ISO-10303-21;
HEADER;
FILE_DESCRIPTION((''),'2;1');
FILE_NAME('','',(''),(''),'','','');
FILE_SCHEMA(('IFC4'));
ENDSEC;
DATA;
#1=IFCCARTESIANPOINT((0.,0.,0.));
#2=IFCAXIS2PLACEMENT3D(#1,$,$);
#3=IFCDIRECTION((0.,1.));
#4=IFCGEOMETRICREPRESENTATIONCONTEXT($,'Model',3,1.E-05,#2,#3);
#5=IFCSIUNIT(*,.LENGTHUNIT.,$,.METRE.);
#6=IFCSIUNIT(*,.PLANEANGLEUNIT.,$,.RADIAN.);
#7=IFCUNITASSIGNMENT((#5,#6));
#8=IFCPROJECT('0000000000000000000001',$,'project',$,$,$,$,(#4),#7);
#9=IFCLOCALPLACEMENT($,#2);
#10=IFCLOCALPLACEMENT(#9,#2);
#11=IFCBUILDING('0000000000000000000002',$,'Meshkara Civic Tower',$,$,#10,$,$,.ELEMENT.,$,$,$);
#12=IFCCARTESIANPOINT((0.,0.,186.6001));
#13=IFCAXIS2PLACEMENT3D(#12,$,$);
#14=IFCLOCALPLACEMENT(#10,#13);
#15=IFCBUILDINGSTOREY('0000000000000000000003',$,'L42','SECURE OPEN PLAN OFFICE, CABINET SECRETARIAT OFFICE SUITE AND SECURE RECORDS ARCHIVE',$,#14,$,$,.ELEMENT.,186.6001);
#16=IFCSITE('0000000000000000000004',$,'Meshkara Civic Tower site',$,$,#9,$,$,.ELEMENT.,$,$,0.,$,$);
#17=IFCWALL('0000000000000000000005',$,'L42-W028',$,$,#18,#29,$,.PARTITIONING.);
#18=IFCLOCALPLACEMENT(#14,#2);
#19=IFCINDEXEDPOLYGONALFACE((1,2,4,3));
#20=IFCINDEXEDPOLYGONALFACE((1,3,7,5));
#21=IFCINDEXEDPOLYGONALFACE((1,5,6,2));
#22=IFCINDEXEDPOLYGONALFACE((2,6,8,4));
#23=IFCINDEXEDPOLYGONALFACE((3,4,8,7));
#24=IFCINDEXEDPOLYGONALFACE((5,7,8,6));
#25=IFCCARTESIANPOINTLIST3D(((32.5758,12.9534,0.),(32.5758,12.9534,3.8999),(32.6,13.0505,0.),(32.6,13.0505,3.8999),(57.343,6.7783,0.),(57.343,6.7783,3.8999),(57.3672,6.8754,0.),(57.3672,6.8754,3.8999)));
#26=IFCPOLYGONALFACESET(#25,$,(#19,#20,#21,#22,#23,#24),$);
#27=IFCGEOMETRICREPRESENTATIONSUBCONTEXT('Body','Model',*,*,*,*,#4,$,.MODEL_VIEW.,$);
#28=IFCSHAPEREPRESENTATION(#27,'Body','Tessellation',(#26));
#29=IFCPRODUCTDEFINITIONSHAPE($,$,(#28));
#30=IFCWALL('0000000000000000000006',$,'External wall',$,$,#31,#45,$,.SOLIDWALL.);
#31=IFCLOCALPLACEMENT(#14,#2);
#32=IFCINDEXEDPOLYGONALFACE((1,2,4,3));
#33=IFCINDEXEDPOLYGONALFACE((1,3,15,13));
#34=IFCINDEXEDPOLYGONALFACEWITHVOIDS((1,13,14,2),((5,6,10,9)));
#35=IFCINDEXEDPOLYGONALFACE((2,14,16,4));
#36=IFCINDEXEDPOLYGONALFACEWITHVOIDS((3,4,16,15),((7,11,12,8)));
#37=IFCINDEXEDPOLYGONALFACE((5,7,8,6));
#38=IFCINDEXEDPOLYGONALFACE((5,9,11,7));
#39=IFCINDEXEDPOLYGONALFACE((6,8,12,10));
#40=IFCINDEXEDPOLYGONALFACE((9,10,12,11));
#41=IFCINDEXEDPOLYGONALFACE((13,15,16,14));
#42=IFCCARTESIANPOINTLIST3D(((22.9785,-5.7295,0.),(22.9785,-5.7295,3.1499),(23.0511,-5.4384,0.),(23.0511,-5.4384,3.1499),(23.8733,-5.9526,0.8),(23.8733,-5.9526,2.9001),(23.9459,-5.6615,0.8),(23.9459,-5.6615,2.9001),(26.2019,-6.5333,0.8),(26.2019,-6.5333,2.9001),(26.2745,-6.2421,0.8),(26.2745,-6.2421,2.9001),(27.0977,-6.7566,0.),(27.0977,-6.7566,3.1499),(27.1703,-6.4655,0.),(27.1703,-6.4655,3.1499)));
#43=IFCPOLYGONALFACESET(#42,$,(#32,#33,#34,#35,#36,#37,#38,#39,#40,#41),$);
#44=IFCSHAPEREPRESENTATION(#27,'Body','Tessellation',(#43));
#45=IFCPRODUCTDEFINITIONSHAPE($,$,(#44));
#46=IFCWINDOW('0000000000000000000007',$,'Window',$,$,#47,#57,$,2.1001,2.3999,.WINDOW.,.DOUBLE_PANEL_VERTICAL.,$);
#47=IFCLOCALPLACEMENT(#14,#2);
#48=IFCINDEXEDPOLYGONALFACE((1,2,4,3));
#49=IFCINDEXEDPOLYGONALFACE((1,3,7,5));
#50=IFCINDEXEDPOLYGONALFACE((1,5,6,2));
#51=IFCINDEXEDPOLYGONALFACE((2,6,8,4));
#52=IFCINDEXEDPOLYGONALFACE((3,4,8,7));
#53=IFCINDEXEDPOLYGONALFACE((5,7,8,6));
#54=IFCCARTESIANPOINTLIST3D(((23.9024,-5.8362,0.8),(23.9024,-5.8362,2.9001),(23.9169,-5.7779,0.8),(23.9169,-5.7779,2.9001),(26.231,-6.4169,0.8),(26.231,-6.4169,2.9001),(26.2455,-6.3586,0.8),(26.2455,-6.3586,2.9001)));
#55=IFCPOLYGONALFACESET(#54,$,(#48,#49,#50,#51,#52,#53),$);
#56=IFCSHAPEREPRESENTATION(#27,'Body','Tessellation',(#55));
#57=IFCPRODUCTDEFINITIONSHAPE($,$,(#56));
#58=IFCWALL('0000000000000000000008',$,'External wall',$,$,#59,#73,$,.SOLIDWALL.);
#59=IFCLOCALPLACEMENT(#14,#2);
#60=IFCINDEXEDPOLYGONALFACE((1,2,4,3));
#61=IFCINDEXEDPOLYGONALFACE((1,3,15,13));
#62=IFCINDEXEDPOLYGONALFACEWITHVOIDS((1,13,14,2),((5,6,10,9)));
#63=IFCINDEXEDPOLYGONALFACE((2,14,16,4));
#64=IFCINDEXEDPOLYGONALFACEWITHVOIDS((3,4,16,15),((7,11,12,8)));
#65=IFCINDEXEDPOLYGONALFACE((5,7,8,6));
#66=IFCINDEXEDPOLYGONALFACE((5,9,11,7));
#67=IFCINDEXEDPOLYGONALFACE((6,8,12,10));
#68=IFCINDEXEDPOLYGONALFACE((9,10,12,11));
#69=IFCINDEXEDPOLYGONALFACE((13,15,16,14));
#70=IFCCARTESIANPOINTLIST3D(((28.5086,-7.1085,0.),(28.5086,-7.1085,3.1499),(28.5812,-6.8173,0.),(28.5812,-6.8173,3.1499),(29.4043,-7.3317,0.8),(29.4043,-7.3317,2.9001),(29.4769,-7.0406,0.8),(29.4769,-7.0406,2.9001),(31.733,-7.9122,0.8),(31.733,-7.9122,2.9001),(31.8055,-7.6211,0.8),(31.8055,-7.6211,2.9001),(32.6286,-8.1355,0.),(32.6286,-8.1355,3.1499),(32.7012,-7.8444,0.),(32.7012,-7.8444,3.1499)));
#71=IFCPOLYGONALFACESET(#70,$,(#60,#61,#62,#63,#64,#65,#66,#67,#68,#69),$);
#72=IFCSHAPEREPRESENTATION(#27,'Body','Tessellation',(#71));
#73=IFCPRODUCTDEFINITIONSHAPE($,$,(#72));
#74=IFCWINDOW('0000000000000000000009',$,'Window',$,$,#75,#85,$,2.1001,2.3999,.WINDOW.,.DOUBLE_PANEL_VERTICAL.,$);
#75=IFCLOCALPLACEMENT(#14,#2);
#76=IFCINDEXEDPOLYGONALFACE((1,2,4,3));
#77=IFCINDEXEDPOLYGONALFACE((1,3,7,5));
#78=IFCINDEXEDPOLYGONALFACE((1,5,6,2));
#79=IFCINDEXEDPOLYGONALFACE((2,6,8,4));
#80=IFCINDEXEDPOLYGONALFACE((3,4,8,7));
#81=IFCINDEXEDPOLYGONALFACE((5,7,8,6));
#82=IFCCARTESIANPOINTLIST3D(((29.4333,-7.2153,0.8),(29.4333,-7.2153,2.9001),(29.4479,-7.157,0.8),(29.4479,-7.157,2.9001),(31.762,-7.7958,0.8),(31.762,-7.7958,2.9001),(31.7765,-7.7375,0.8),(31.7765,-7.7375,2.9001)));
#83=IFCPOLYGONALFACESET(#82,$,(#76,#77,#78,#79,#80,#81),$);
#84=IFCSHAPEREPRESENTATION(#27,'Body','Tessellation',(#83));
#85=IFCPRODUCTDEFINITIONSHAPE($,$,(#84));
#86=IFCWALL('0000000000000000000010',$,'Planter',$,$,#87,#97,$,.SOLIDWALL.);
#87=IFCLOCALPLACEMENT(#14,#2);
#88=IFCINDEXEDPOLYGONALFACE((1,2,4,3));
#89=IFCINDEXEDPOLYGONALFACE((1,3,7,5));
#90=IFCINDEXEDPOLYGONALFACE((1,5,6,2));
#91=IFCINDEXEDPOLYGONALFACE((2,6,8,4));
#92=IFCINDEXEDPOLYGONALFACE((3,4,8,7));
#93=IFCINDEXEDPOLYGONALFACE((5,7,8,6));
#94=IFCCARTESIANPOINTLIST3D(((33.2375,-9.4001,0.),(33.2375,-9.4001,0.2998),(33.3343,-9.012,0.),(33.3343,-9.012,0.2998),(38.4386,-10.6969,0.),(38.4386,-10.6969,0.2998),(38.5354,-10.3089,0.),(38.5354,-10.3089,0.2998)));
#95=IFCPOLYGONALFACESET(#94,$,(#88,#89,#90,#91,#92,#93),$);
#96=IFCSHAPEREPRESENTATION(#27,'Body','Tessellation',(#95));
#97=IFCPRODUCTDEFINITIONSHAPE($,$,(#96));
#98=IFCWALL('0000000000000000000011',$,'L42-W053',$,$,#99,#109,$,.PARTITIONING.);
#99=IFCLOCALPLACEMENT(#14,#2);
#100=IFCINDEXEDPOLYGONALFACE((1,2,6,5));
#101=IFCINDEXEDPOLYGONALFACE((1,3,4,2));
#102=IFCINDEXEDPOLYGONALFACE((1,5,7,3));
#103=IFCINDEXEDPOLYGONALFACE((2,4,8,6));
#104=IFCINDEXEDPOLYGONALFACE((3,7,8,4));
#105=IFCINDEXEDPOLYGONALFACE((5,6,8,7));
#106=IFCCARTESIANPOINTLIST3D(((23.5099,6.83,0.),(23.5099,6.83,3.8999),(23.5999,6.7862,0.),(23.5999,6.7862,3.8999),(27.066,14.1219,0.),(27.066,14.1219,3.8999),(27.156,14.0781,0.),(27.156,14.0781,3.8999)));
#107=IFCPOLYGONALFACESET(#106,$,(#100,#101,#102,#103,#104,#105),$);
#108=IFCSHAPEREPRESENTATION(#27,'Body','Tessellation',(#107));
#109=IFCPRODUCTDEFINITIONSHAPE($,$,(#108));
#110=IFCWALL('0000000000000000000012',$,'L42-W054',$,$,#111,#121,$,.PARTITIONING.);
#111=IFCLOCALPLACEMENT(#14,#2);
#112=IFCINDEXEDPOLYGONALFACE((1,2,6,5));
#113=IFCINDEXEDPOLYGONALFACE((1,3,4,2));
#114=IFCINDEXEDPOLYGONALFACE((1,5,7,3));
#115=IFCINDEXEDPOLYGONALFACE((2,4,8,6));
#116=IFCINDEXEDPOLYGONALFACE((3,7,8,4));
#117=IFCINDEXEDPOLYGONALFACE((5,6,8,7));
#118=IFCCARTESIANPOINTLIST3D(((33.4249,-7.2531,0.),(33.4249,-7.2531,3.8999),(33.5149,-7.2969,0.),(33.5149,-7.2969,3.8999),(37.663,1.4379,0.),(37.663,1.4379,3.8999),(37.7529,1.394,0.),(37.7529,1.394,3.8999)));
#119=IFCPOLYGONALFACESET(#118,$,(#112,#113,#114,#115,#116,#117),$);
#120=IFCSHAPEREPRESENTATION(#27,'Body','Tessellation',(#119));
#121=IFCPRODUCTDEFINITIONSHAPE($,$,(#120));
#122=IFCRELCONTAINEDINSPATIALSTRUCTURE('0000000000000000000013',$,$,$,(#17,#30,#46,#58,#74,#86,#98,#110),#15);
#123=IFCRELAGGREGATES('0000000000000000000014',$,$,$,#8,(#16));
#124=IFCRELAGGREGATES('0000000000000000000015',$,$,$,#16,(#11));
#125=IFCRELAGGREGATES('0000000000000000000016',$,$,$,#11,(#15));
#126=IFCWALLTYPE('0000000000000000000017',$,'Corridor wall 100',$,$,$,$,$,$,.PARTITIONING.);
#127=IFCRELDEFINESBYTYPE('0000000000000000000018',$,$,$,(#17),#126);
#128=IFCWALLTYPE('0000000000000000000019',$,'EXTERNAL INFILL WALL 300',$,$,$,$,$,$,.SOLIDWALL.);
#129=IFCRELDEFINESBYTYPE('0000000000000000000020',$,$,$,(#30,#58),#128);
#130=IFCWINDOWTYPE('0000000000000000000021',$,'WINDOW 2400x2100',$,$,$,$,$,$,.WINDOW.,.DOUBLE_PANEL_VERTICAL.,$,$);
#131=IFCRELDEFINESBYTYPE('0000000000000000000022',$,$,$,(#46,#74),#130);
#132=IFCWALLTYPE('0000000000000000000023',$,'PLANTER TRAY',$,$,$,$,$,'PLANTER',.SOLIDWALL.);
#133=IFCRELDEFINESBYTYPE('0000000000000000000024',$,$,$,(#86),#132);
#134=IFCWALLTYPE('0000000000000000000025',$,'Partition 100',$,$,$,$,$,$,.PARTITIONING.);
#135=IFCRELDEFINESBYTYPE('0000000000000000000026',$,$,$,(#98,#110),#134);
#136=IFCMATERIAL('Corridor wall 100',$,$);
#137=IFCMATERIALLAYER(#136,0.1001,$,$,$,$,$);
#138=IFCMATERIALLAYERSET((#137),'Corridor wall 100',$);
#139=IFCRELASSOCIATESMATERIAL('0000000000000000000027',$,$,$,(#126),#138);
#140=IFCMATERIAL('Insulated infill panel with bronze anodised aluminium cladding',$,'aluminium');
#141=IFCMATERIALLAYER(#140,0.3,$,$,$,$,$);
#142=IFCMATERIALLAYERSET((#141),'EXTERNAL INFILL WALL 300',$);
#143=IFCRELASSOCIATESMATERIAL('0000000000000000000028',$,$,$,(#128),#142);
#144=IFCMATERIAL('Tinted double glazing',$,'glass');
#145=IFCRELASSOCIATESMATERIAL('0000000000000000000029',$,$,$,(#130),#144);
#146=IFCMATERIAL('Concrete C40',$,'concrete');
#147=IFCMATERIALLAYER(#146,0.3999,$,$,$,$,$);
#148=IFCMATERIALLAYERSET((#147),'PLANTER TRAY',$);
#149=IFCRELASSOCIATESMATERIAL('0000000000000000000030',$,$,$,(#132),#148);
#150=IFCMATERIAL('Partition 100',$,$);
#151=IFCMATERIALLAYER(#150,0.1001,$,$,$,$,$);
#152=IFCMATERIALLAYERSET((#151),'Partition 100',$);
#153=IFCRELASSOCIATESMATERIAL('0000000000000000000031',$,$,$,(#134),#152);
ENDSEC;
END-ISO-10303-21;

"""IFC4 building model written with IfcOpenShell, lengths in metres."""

from ifc_helpers import new_model, si_unit, direction, frame, frame_2d, origin, place, context, subcontext, project, spatial, rectangle, extrude, material, layer, layer_set, type_object, element, fill, save


model = new_model("IFC4")

# Units and contexts
model_context = context("Model", 3, precision=1e-05, world=origin(), true_north=direction((0.0, 1.0)))
body_context = subcontext(model_context, "Body", "Model", "MODEL_VIEW")
ifc_project = project(units=[si_unit("LENGTHUNIT", "METRE"), si_unit("PLANEANGLEUNIT", "RADIAN")], contexts=[model_context])

# Site, building, storey
site_placement = place(None, origin())
site = spatial("IfcSite", under=ifc_project, at=site_placement, Name="Meshkara Civic Tower site", CompositionType="ELEMENT", RefElevation=0.0)
building_placement = place(site_placement, origin())
building = spatial("IfcBuilding", under=site, at=building_placement, Name="Meshkara Civic Tower", CompositionType="ELEMENT")
storey_placement = place(building_placement, frame((0.0, 0.0, 186.6001)))
storey = spatial("IfcBuildingStorey", under=building, at=storey_placement, Name="L42", Description="SECURE OPEN PLAN OFFICE, CABINET SECRETARIAT OFFICE SUITE AND SECURE RECORDS ARCHIVE", CompositionType="ELEMENT", Elevation=186.6001)

# Shared definitions
ifc_material_1 = material(Name="Corridor wall 100")
ifc_layer_1 = layer(ifc_material_1, 0.1001)
ifc_layer_set_1 = layer_set([ifc_layer_1], Name="Corridor wall 100")
wall_type_1 = type_object("IfcWallType", Name="Corridor wall 100", PredefinedType="PARTITIONING", material=ifc_layer_set_1)

# Wall
wall_1_placement = place(storey_placement, frame((32.5879, 13.002, 0.0), z_axis=(0.0, 0.0, 1.0), x_axis=(0.970296, -0.241919, 0.0)))
element("IfcWall", 1, at=wall_1_placement, inside=storey, type_object=wall_type_1, Name="L42-W028", PredefinedType="PARTITIONING", context=body_context, shape_type="SweptSolid", body=[
    extrude(rectangle(XDim=25.5254, YDim=0.1001, at=frame_2d((12.7627, 0.0))), origin(), (0.0, 0.0, 1.0), 3.8999),
])

# Walls, openings, windows
ifc_material_2 = material(Name="Insulated infill panel with bronze anodised aluminium cladding", Category="aluminium")
ifc_layer_2 = layer(ifc_material_2, 0.3)
ifc_layer_set_2 = layer_set([ifc_layer_2], Name="EXTERNAL INFILL WALL 300")
wall_type_2 = type_object("IfcWallType", Name="EXTERNAL INFILL WALL 300", PredefinedType="SOLIDWALL", material=ifc_layer_set_2)
wall_2_placement = place(storey_placement, frame((23.0149, -5.584, 0.0), z_axis=(0.0, 0.0, 1.0), x_axis=(0.970291, -0.24194, 0.0)))
wall_2 = element("IfcWall", 2, at=wall_2_placement, inside=storey, type_object=wall_type_2, Name="External wall", PredefinedType="SOLIDWALL", context=body_context, shape_type="SweptSolid", body=[
    extrude(rectangle(XDim=4.2454, YDim=0.3, at=frame_2d((2.1226, 0.0))), origin(), (0.0, 0.0, 1.0), 3.1499),
])
opening_1_placement = place(wall_2_placement, frame((0.9221, 0.0, 0.8)))
opening_1 = element("IfcOpeningElement", 3, at=opening_1_placement, cuts=wall_2, PredefinedType="OPENING", context=body_context, shape_type="SweptSolid", body=[
    extrude(rectangle(XDim=2.3999, YDim=2.1001, at=frame_2d((1.2, 1.05))), frame((0.0, 0.1599, 0.0), z_axis=(0.0, -1.0, 0.0), x_axis=(1.0, 0.0, 0.0)), (0.0, 0.0, 1.0), 0.3201),
])
ifc_material_3 = material(Name="Tinted double glazing", Category="glass")
window_type = type_object("IfcWindowType", Name="WINDOW 2400x2100", PartitioningType="DOUBLE_PANEL_VERTICAL", PredefinedType="WINDOW", material=ifc_material_3)
window_1_placement = place(opening_1_placement, origin())
window_1 = element("IfcWindow", 4, at=window_1_placement, inside=storey, type_object=window_type, Name="Window", OverallHeight=2.1001, OverallWidth=2.3999, PartitioningType="DOUBLE_PANEL_VERTICAL", PredefinedType="WINDOW", context=body_context, shape_type="SweptSolid", body=[
    extrude(rectangle(XDim=2.3999, YDim=2.1001, at=frame_2d((1.2, 1.05))), frame((0.0, 0.03, 0.0), z_axis=(0.0, -1.0, 0.0), x_axis=(1.0, 0.0, 0.0)), (0.0, 0.0, 1.0), 0.0601),
])
fill(opening_1, window_1)
wall_3_placement = place(storey_placement, frame((28.5449, -6.9629, 0.0), z_axis=(0.0, 0.0, 1.0), x_axis=(0.970305, -0.241886, 0.0)))
wall_3 = element("IfcWall", 5, at=wall_3_placement, inside=storey, type_object=wall_type_2, Name="External wall", PredefinedType="SOLIDWALL", context=body_context, shape_type="SweptSolid", body=[
    extrude(rectangle(XDim=4.2461, YDim=0.3, at=frame_2d((2.123, 0.0))), origin(), (0.0, 0.0, 1.0), 3.1499),
])
opening_2_placement = place(wall_3_placement, frame((0.9231, 0.0, 0.8)))
opening_2 = element("IfcOpeningElement", 6, at=opening_2_placement, cuts=wall_3, PredefinedType="OPENING", context=body_context, shape_type="SweptSolid", body=[
    extrude(rectangle(XDim=2.3999, YDim=2.1001, at=frame_2d((1.2, 1.05))), frame((0.0, 0.1599, 0.0), z_axis=(0.0, -1.0, 0.0), x_axis=(1.0, 0.0, 0.0)), (0.0, 0.0, 1.0), 0.3201),
])
window_2_placement = place(opening_2_placement, origin())
window_2 = element("IfcWindow", 7, at=window_2_placement, inside=storey, type_object=window_type, Name="Window", OverallHeight=2.1001, OverallWidth=2.3999, PartitioningType="DOUBLE_PANEL_VERTICAL", PredefinedType="WINDOW", context=body_context, shape_type="SweptSolid", body=[
    extrude(rectangle(XDim=2.3999, YDim=2.1001, at=frame_2d((1.2, 1.05))), frame((0.0, 0.03, 0.0), z_axis=(0.0, -1.0, 0.0), x_axis=(1.0, 0.0, 0.0)), (0.0, 0.0, 1.0), 0.0601),
])
fill(opening_2, window_2)

# Walls
ifc_material_4 = material(Name="Concrete C40", Category="concrete")
ifc_layer_3 = layer(ifc_material_4, 0.3999)
ifc_layer_set_3 = layer_set([ifc_layer_3], Name="PLANTER TRAY")
wall_type_3 = type_object("IfcWallType", Name="PLANTER TRAY", ElementType="PLANTER", PredefinedType="SOLIDWALL", material=ifc_layer_set_3)
wall_4_placement = place(storey_placement, frame((33.2859, -9.2061, 0.0), z_axis=(0.0, 0.0, 1.0), x_axis=(0.970292, -0.241935, 0.0)))
element("IfcWall", 8, at=wall_4_placement, inside=storey, type_object=wall_type_3, Name="Planter", PredefinedType="SOLIDWALL", context=body_context, shape_type="SweptSolid", body=[
    extrude(rectangle(XDim=5.3604, YDim=0.3999, at=frame_2d((2.6802, 0.0))), origin(), (0.0, 0.0, 1.0), 0.2998),
])
ifc_material_5 = material(Name="Partition 100")
ifc_layer_4 = layer(ifc_material_5, 0.1001)
ifc_layer_set_4 = layer_set([ifc_layer_4], Name="Partition 100")
wall_type_4 = type_object("IfcWallType", Name="Partition 100", PredefinedType="PARTITIONING", material=ifc_layer_set_4)
wall_5_placement = place(storey_placement, frame((23.5549, 6.8081, 0.0), z_axis=(0.0, 0.0, 1.0), x_axis=(0.438332, 0.898813, 0.0)))
element("IfcWall", 9, at=wall_5_placement, inside=storey, type_object=wall_type_4, Name="L42-W053", PredefinedType="PARTITIONING", context=body_context, shape_type="SweptSolid", body=[
    extrude(rectangle(XDim=8.1128, YDim=0.1001, at=frame_2d((4.0564, 0.0))), origin(), (0.0, 0.0, 1.0), 3.8999),
])
wall_6_placement = place(storey_placement, frame((33.47, -7.2749, 0.0), z_axis=(0.0, 0.0, 1.0), x_axis=(0.438304, 0.898827, 0.0)))
element("IfcWall", 10, at=wall_6_placement, inside=storey, type_object=wall_type_4, Name="L42-W054", PredefinedType="PARTITIONING", context=body_context, shape_type="SweptSolid", body=[
    extrude(rectangle(XDim=9.6692, YDim=0.1001, at=frame_2d((4.8345, 0.0))), origin(), (0.0, 0.0, 1.0), 3.8999),
])

save(model, "model.ifc")
